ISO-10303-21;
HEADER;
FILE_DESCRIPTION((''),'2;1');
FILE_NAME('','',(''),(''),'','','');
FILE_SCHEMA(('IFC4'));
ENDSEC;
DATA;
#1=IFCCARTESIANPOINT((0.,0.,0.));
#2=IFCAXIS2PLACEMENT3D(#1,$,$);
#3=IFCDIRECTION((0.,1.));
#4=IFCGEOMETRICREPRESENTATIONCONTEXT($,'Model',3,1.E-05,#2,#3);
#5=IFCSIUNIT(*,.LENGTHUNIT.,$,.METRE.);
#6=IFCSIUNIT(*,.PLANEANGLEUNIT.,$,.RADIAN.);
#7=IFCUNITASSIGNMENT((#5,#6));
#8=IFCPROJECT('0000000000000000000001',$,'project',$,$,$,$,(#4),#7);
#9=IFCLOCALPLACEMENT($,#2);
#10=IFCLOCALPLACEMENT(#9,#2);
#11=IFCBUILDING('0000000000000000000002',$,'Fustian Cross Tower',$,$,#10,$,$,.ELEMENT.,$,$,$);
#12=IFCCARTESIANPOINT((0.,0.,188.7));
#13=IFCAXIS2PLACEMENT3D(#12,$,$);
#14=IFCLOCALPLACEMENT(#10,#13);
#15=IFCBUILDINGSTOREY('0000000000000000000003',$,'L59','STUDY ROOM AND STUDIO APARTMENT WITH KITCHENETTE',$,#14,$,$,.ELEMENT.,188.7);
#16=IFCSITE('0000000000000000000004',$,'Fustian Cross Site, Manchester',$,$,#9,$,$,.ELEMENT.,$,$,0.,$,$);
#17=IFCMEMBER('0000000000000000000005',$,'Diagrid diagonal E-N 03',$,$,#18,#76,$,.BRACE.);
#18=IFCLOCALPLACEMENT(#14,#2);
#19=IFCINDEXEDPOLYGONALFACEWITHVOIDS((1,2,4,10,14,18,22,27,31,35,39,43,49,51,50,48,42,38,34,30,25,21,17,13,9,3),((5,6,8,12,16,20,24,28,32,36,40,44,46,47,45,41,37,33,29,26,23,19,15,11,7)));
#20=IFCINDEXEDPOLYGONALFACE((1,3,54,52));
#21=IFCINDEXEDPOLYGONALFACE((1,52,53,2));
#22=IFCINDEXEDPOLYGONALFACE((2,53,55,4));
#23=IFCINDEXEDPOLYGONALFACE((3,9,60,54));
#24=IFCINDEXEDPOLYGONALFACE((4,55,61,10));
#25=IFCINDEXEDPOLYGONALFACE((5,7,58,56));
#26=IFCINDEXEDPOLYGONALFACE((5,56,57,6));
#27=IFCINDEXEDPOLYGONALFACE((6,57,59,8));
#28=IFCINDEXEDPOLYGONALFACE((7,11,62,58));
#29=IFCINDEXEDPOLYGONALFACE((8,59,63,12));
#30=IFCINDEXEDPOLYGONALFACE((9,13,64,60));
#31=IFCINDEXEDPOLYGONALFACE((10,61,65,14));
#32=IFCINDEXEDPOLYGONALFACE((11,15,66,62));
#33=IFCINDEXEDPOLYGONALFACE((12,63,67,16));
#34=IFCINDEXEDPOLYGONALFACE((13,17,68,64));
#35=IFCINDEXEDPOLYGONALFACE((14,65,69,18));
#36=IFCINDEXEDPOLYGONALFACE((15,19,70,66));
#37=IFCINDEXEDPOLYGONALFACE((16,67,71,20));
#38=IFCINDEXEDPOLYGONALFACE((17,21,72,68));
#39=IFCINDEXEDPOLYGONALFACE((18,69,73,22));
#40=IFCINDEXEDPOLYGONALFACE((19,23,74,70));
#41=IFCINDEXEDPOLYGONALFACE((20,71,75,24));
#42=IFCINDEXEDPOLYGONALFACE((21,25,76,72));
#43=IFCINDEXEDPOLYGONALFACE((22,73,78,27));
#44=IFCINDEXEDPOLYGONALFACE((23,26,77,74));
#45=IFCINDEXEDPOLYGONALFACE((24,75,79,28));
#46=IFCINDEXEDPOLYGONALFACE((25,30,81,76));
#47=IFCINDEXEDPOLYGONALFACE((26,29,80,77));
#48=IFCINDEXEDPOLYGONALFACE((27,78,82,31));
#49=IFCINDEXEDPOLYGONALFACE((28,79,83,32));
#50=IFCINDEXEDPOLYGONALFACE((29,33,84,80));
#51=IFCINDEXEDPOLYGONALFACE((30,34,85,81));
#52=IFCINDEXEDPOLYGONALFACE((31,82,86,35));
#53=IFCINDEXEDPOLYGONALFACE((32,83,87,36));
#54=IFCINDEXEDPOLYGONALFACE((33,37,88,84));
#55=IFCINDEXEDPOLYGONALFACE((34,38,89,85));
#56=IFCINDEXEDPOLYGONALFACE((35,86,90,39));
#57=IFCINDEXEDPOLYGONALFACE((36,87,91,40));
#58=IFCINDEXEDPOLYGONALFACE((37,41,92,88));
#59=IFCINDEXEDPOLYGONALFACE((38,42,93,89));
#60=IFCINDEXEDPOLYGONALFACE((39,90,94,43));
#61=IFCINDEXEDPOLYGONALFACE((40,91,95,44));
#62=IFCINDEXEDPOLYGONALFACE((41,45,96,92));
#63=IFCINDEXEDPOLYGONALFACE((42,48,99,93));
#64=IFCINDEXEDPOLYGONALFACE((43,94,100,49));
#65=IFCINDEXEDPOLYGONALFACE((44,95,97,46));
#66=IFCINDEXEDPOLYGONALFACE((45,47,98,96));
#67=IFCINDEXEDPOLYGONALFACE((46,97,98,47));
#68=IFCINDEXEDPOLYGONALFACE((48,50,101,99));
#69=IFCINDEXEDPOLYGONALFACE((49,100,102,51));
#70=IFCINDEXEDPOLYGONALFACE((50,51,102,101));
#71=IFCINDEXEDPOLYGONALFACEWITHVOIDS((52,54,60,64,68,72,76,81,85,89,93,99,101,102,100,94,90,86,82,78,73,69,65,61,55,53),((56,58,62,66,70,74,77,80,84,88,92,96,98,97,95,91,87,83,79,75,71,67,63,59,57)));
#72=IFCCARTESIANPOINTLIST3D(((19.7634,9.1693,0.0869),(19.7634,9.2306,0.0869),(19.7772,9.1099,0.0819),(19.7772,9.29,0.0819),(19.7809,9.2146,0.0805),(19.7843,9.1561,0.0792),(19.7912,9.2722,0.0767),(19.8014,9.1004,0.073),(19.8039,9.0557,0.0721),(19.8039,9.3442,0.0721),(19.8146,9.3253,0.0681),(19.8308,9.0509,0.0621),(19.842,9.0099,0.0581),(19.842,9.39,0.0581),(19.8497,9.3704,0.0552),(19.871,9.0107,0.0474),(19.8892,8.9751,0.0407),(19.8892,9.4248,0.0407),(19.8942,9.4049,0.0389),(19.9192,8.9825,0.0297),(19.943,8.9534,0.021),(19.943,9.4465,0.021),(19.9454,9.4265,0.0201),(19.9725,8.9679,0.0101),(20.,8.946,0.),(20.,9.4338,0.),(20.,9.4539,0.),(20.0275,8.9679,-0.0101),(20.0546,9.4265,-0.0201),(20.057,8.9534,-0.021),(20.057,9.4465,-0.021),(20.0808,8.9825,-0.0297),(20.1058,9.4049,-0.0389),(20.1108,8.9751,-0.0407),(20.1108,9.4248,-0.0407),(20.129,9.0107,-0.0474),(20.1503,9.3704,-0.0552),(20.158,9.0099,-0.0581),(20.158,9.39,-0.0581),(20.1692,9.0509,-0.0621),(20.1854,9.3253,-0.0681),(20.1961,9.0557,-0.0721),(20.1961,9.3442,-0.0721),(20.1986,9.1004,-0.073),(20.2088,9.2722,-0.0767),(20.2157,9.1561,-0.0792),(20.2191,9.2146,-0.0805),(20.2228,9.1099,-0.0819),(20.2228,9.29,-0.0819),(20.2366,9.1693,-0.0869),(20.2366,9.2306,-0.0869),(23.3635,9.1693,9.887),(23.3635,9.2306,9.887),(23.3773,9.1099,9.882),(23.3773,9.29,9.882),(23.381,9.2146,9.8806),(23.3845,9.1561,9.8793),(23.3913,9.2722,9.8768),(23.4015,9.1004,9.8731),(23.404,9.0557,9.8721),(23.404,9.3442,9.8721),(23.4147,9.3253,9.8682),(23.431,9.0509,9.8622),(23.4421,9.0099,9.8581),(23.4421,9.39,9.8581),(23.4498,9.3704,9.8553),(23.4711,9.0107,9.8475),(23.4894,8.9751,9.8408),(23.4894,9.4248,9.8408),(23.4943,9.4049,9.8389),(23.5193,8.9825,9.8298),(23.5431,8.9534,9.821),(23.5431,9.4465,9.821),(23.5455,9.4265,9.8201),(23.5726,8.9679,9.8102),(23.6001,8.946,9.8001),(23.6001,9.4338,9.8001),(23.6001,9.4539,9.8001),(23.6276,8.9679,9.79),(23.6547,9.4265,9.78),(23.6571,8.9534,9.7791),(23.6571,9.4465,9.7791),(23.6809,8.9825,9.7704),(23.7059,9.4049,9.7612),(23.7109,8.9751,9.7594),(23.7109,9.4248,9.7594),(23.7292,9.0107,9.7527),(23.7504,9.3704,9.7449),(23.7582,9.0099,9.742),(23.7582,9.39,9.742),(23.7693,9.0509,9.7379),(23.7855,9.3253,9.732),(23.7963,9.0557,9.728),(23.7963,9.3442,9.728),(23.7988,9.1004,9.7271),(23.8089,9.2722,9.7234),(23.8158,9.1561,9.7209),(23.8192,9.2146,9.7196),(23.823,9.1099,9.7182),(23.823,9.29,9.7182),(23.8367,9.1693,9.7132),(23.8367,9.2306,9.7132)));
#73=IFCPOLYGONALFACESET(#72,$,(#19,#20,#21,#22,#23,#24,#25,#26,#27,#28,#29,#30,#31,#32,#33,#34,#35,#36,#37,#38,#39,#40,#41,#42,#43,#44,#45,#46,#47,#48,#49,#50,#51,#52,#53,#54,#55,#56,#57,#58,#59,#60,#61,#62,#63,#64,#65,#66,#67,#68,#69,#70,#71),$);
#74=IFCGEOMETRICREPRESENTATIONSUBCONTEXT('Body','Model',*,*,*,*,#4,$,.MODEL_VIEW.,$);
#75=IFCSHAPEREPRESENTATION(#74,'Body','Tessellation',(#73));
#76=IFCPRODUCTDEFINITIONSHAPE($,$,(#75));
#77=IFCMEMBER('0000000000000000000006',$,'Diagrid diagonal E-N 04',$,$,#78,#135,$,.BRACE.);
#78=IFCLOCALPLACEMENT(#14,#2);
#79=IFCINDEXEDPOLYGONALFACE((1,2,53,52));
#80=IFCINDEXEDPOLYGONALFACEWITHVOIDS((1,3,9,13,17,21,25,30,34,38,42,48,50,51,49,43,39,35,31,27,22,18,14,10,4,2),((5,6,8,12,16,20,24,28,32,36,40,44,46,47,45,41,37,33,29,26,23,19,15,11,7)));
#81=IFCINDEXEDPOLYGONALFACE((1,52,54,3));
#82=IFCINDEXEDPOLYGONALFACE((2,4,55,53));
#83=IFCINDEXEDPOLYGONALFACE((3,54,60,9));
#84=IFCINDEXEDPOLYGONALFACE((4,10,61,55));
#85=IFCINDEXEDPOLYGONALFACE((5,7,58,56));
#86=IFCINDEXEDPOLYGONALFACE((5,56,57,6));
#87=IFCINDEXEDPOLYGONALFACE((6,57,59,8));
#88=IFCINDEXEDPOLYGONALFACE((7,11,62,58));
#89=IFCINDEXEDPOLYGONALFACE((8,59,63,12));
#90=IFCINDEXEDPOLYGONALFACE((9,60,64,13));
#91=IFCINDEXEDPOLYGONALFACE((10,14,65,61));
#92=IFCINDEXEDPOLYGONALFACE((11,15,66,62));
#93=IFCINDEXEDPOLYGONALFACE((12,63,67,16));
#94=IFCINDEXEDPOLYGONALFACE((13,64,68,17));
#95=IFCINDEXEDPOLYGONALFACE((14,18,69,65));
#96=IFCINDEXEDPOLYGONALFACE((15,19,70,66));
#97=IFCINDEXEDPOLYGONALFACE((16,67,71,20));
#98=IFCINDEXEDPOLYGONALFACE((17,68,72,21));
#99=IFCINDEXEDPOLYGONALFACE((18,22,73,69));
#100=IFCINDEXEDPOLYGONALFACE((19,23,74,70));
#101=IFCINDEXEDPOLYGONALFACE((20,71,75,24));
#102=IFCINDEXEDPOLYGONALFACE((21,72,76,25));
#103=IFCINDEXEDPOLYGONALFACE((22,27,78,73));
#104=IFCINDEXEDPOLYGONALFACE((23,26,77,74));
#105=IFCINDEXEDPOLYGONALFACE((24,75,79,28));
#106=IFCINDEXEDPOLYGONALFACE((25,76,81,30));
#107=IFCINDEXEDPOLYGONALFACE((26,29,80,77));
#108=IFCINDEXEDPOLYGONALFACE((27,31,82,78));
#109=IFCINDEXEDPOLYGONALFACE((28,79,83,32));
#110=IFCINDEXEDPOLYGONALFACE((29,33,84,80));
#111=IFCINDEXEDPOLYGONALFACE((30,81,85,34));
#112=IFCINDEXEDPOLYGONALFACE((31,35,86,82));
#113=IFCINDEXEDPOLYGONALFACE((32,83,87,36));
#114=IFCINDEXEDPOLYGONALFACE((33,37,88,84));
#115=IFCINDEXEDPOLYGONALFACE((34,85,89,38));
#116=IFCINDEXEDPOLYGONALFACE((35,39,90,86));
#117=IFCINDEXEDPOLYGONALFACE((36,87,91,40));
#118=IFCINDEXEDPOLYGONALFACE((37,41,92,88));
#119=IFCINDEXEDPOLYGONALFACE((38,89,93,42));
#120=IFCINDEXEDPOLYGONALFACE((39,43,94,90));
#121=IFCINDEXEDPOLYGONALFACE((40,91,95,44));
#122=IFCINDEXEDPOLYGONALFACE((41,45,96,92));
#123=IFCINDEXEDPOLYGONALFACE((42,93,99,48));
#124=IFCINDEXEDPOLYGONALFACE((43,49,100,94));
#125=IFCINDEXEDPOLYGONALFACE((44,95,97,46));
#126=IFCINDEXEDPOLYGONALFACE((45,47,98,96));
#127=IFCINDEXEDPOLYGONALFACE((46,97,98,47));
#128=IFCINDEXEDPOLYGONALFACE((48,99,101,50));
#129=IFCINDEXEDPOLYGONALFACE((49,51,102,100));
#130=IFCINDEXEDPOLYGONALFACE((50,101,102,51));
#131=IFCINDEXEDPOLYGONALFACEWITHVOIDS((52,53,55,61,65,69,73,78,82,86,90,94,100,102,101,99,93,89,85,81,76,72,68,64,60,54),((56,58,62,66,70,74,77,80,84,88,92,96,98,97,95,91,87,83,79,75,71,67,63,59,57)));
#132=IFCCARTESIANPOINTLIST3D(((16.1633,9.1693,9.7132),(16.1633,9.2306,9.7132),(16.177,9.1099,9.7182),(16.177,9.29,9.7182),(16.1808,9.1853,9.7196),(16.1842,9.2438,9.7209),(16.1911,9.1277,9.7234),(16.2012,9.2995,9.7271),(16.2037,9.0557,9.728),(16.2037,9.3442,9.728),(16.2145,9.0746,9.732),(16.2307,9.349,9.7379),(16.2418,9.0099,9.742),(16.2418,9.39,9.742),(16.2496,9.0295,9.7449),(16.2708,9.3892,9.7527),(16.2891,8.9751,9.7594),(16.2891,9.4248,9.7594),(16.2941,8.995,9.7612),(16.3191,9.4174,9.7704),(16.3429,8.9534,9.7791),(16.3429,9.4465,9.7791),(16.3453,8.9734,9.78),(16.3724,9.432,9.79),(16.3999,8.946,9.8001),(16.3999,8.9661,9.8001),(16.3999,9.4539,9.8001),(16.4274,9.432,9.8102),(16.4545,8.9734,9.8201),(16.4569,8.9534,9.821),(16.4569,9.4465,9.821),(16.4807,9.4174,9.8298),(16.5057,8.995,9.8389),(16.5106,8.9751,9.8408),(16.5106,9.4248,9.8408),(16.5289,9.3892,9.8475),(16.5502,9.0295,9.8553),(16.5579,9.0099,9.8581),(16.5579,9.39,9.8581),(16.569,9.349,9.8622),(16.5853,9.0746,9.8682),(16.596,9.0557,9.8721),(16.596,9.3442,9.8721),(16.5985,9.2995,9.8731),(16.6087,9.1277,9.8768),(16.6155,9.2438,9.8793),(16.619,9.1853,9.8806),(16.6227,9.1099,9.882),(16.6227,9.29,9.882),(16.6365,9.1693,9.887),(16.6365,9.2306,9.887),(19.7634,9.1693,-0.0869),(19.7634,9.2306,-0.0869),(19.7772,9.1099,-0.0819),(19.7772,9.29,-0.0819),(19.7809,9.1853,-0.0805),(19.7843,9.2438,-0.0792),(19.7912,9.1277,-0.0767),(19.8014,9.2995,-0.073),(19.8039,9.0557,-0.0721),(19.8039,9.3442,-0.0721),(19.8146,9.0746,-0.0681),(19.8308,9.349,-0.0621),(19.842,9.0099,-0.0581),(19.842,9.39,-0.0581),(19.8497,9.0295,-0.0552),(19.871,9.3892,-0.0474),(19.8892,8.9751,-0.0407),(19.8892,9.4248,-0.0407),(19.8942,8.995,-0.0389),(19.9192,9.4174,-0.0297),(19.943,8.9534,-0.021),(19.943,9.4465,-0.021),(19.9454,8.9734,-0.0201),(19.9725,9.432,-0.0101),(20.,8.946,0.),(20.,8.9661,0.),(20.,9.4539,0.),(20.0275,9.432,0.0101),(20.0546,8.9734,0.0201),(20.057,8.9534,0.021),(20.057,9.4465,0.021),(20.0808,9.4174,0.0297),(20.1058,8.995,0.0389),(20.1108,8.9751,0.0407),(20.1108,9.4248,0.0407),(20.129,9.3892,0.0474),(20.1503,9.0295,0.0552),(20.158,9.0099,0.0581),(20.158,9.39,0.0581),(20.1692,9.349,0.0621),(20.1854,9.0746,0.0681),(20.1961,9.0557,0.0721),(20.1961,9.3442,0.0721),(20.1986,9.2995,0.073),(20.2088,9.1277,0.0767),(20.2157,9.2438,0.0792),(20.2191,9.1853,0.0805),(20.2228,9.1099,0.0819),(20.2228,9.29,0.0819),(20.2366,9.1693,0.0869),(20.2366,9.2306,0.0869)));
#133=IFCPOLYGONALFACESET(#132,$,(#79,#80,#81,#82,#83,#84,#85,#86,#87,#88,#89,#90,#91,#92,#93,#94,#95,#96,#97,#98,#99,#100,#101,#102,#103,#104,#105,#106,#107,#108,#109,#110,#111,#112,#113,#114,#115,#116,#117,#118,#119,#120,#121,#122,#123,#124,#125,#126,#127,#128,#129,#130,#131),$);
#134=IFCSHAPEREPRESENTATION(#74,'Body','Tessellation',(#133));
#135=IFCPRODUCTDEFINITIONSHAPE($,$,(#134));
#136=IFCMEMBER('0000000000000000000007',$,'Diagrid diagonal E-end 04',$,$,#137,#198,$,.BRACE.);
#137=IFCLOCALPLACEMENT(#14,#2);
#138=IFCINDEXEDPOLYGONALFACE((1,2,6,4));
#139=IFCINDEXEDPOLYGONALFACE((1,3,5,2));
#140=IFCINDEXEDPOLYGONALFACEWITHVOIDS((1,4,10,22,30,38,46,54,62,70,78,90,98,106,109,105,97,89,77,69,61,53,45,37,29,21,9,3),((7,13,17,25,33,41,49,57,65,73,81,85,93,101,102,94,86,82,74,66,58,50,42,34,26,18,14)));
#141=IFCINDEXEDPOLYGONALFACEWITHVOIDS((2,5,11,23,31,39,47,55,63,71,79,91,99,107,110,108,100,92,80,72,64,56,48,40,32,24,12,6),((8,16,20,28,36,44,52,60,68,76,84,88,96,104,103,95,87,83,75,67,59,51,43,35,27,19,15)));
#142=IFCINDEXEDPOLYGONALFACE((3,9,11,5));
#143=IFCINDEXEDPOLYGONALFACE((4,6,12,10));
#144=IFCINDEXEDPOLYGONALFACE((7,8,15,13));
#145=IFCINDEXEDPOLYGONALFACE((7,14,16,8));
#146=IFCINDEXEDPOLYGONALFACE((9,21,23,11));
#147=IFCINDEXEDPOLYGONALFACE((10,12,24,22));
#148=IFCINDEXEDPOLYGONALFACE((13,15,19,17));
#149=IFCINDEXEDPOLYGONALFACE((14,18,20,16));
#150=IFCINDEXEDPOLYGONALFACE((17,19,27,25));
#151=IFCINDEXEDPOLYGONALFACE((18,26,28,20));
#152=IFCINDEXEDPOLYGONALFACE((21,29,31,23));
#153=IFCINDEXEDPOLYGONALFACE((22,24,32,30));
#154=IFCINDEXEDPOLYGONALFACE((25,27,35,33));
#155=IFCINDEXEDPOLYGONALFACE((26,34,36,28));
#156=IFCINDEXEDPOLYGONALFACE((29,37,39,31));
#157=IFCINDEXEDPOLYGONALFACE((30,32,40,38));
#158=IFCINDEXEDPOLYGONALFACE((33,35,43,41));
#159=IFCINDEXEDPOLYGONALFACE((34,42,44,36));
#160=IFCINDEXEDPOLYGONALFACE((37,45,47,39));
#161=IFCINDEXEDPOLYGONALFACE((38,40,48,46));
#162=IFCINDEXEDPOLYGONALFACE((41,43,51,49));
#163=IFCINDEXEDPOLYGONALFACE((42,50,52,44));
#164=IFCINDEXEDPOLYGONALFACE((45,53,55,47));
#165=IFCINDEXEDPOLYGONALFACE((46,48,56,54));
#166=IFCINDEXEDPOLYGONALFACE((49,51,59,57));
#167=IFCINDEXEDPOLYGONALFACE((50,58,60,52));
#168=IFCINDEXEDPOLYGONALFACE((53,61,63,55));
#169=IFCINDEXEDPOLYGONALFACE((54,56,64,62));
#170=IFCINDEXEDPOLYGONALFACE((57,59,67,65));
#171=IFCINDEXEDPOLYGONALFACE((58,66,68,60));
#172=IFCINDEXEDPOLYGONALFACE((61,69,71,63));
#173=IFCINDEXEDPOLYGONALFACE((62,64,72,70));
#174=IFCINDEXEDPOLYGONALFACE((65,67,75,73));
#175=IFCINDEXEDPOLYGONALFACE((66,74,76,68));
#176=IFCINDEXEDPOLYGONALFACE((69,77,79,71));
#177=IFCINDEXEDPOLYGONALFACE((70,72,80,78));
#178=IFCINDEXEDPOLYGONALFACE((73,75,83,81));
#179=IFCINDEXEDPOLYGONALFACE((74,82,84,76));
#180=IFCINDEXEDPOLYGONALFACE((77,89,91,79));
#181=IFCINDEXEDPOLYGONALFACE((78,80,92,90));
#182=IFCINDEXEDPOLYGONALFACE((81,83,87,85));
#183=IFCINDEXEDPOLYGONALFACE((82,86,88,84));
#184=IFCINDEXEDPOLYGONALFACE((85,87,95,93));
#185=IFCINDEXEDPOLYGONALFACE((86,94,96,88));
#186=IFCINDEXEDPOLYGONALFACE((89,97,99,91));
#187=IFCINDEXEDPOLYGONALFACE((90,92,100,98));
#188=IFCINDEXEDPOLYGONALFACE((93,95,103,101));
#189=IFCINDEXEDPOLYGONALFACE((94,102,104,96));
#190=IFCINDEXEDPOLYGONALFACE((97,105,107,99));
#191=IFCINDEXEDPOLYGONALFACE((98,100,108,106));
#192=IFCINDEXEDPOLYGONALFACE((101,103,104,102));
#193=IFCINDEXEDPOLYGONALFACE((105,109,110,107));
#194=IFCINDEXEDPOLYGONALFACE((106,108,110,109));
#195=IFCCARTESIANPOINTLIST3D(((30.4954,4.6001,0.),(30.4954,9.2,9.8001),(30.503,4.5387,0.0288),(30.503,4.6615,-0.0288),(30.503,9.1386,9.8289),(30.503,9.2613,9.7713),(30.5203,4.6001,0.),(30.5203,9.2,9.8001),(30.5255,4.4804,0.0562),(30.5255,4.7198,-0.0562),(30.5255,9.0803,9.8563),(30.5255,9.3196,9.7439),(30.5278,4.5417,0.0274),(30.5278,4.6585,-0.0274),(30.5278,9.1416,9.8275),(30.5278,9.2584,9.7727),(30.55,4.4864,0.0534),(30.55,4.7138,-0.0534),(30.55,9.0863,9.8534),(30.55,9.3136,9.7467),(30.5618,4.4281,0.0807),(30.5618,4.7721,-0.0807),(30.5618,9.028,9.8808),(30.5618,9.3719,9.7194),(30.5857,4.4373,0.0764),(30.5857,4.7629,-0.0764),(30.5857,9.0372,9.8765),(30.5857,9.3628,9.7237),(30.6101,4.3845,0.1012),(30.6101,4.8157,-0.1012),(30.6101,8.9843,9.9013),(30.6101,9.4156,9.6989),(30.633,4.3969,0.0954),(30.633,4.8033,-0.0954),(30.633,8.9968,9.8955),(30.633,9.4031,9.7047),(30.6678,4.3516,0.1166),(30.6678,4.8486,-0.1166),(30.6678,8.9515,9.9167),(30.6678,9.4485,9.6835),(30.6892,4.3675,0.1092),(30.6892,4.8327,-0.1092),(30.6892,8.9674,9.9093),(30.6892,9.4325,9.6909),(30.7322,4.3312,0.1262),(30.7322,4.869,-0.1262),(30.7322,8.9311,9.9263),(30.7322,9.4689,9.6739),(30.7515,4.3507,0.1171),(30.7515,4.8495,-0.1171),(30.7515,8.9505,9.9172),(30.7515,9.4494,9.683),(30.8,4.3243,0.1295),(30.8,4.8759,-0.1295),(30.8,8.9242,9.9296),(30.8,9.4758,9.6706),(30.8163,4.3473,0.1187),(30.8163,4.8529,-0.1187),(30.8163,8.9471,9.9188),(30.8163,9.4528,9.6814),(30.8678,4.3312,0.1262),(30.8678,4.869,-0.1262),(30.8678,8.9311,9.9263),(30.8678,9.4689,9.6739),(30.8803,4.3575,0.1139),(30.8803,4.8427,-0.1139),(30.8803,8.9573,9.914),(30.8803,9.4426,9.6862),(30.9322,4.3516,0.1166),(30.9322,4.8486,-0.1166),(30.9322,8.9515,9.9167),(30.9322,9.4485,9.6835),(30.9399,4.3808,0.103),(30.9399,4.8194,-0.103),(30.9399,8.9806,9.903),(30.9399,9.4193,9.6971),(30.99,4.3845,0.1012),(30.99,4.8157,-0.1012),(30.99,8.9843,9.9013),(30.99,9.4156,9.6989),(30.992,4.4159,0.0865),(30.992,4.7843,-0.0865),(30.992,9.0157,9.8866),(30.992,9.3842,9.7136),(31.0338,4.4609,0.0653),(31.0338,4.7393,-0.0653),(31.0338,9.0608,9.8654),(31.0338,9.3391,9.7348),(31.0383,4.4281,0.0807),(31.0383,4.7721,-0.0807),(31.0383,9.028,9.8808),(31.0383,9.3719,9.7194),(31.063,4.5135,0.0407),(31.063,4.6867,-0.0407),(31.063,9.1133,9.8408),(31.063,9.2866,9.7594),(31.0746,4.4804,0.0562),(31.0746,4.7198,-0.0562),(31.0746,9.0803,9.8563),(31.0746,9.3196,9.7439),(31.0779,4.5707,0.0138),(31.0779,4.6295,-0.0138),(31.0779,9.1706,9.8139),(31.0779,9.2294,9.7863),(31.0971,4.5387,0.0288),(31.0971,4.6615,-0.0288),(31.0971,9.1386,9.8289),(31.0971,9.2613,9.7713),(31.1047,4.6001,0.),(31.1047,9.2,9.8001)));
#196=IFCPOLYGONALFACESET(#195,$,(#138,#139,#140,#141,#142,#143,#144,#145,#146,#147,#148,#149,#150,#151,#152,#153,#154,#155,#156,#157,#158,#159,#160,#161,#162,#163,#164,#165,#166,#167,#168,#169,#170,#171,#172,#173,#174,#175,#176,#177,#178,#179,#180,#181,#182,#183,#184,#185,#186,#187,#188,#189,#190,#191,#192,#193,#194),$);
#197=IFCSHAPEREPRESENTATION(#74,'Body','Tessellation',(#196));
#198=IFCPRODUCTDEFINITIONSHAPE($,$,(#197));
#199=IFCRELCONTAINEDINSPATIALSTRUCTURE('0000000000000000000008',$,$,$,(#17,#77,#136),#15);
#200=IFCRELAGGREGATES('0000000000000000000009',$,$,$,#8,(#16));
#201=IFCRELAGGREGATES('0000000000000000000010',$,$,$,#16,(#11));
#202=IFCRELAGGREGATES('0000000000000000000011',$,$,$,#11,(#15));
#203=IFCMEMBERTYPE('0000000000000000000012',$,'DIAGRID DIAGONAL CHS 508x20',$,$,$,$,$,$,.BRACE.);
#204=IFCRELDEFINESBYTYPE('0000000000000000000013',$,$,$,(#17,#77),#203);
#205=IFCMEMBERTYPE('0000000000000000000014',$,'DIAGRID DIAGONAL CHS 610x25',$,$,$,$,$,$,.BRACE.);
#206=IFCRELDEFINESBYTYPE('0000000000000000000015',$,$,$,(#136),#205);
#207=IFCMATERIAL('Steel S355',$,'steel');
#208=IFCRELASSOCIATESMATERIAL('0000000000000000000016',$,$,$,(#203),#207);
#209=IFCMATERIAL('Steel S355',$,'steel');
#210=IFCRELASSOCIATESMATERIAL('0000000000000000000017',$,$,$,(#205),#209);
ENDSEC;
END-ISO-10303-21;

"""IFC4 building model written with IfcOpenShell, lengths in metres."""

from ifc_helpers import new_model, si_unit, direction, frame, origin, origin_2d, place, context, subcontext, project, spatial, hollow_circle, extrude, material, material_profile, profile_set, type_object, element, save


model = new_model("IFC4")

# Units and contexts
model_context = context("Model", 3, precision=1e-05, world=origin(), true_north=direction((0.0, 1.0)))
body_context = subcontext(model_context, "Body", "Model", "MODEL_VIEW")
ifc_project = project(units=[si_unit("LENGTHUNIT", "METRE"), si_unit("PLANEANGLEUNIT", "RADIAN")], contexts=[model_context])

# Site, building, storey
site_placement = place(None, origin())
site = spatial("IfcSite", under=ifc_project, at=site_placement, Name="Fustian Cross Site, Manchester", CompositionType="ELEMENT", RefElevation=0.0)
building_placement = place(site_placement, origin())
building = spatial("IfcBuilding", under=site, at=building_placement, Name="Fustian Cross Tower", CompositionType="ELEMENT")
storey_placement = place(building_placement, frame((0.0, 0.0, 188.7)))
storey = spatial("IfcBuildingStorey", under=building, at=storey_placement, Name="L59", Description="STUDY ROOM AND STUDIO APARTMENT WITH KITCHENETTE", CompositionType="ELEMENT", Elevation=188.7)

# Members
ifc_material_1 = material(Name="Steel S355", Category="steel")
ifc_material_profile_1 = material_profile(ifc_material_1, hollow_circle(Radius=0.2539, WallThickness=0.02, at=origin_2d()), Name="CHS 508x20")
ifc_profile_set_1 = profile_set([ifc_material_profile_1], Name="Steel S355")
member_type_1 = type_object("IfcMemberType", Name="DIAGRID DIAGONAL CHS 508x20", PredefinedType="BRACE", material=ifc_profile_set_1)
for number, where, z_axis, x_axis, name in (
    (1, (20.0, 9.2, 0.0), (0.344824, 0.0, 0.938667), (0.0, 1.0, 0.0), "Diagrid diagonal E-N 03"),
    (2, (20.0, 9.2, 0.0), (-0.344824, 0.0, 0.938667), (0.0, -1.0, 0.0), "Diagrid diagonal E-N 04"),
):
    element("IfcMember", number, at=place(storey_placement, frame(where, z_axis=z_axis, x_axis=x_axis)), inside=storey, type_object=member_type_1, Name=name, PredefinedType="BRACE", context=body_context, shape_type="SweptSolid", body=[
        extrude(hollow_circle(Radius=0.2539, WallThickness=0.02, at=origin_2d()), origin(), (0.0, 0.0, 1.0), 10.4404),
    ])
ifc_material_2 = material(Name="Steel S355", Category="steel")
ifc_material_profile_2 = material_profile(ifc_material_2, hollow_circle(Radius=0.3047, WallThickness=0.0249, at=origin_2d()), Name="CHS 610x25")
ifc_profile_set_2 = profile_set([ifc_material_profile_2], Name="Steel S355")
member_type_2 = type_object("IfcMemberType", Name="DIAGRID DIAGONAL CHS 610x25", PredefinedType="BRACE", material=ifc_profile_set_2)
member_1_placement = place(storey_placement, frame((30.8, 4.6001, 0.0), z_axis=(0.0, 0.424894, 0.905243), x_axis=(-1.0, 0.0, 0.0)))
element("IfcMember", 3, at=member_1_placement, inside=storey, type_object=member_type_2, Name="Diagrid diagonal E-end 04", PredefinedType="BRACE", context=body_context, shape_type="SweptSolid", body=[
    extrude(hollow_circle(Radius=0.3047, WallThickness=0.0249, at=origin_2d()), origin(), (0.0, 0.0, 1.0), 10.8259),
])

save(model, "model.ifc")
